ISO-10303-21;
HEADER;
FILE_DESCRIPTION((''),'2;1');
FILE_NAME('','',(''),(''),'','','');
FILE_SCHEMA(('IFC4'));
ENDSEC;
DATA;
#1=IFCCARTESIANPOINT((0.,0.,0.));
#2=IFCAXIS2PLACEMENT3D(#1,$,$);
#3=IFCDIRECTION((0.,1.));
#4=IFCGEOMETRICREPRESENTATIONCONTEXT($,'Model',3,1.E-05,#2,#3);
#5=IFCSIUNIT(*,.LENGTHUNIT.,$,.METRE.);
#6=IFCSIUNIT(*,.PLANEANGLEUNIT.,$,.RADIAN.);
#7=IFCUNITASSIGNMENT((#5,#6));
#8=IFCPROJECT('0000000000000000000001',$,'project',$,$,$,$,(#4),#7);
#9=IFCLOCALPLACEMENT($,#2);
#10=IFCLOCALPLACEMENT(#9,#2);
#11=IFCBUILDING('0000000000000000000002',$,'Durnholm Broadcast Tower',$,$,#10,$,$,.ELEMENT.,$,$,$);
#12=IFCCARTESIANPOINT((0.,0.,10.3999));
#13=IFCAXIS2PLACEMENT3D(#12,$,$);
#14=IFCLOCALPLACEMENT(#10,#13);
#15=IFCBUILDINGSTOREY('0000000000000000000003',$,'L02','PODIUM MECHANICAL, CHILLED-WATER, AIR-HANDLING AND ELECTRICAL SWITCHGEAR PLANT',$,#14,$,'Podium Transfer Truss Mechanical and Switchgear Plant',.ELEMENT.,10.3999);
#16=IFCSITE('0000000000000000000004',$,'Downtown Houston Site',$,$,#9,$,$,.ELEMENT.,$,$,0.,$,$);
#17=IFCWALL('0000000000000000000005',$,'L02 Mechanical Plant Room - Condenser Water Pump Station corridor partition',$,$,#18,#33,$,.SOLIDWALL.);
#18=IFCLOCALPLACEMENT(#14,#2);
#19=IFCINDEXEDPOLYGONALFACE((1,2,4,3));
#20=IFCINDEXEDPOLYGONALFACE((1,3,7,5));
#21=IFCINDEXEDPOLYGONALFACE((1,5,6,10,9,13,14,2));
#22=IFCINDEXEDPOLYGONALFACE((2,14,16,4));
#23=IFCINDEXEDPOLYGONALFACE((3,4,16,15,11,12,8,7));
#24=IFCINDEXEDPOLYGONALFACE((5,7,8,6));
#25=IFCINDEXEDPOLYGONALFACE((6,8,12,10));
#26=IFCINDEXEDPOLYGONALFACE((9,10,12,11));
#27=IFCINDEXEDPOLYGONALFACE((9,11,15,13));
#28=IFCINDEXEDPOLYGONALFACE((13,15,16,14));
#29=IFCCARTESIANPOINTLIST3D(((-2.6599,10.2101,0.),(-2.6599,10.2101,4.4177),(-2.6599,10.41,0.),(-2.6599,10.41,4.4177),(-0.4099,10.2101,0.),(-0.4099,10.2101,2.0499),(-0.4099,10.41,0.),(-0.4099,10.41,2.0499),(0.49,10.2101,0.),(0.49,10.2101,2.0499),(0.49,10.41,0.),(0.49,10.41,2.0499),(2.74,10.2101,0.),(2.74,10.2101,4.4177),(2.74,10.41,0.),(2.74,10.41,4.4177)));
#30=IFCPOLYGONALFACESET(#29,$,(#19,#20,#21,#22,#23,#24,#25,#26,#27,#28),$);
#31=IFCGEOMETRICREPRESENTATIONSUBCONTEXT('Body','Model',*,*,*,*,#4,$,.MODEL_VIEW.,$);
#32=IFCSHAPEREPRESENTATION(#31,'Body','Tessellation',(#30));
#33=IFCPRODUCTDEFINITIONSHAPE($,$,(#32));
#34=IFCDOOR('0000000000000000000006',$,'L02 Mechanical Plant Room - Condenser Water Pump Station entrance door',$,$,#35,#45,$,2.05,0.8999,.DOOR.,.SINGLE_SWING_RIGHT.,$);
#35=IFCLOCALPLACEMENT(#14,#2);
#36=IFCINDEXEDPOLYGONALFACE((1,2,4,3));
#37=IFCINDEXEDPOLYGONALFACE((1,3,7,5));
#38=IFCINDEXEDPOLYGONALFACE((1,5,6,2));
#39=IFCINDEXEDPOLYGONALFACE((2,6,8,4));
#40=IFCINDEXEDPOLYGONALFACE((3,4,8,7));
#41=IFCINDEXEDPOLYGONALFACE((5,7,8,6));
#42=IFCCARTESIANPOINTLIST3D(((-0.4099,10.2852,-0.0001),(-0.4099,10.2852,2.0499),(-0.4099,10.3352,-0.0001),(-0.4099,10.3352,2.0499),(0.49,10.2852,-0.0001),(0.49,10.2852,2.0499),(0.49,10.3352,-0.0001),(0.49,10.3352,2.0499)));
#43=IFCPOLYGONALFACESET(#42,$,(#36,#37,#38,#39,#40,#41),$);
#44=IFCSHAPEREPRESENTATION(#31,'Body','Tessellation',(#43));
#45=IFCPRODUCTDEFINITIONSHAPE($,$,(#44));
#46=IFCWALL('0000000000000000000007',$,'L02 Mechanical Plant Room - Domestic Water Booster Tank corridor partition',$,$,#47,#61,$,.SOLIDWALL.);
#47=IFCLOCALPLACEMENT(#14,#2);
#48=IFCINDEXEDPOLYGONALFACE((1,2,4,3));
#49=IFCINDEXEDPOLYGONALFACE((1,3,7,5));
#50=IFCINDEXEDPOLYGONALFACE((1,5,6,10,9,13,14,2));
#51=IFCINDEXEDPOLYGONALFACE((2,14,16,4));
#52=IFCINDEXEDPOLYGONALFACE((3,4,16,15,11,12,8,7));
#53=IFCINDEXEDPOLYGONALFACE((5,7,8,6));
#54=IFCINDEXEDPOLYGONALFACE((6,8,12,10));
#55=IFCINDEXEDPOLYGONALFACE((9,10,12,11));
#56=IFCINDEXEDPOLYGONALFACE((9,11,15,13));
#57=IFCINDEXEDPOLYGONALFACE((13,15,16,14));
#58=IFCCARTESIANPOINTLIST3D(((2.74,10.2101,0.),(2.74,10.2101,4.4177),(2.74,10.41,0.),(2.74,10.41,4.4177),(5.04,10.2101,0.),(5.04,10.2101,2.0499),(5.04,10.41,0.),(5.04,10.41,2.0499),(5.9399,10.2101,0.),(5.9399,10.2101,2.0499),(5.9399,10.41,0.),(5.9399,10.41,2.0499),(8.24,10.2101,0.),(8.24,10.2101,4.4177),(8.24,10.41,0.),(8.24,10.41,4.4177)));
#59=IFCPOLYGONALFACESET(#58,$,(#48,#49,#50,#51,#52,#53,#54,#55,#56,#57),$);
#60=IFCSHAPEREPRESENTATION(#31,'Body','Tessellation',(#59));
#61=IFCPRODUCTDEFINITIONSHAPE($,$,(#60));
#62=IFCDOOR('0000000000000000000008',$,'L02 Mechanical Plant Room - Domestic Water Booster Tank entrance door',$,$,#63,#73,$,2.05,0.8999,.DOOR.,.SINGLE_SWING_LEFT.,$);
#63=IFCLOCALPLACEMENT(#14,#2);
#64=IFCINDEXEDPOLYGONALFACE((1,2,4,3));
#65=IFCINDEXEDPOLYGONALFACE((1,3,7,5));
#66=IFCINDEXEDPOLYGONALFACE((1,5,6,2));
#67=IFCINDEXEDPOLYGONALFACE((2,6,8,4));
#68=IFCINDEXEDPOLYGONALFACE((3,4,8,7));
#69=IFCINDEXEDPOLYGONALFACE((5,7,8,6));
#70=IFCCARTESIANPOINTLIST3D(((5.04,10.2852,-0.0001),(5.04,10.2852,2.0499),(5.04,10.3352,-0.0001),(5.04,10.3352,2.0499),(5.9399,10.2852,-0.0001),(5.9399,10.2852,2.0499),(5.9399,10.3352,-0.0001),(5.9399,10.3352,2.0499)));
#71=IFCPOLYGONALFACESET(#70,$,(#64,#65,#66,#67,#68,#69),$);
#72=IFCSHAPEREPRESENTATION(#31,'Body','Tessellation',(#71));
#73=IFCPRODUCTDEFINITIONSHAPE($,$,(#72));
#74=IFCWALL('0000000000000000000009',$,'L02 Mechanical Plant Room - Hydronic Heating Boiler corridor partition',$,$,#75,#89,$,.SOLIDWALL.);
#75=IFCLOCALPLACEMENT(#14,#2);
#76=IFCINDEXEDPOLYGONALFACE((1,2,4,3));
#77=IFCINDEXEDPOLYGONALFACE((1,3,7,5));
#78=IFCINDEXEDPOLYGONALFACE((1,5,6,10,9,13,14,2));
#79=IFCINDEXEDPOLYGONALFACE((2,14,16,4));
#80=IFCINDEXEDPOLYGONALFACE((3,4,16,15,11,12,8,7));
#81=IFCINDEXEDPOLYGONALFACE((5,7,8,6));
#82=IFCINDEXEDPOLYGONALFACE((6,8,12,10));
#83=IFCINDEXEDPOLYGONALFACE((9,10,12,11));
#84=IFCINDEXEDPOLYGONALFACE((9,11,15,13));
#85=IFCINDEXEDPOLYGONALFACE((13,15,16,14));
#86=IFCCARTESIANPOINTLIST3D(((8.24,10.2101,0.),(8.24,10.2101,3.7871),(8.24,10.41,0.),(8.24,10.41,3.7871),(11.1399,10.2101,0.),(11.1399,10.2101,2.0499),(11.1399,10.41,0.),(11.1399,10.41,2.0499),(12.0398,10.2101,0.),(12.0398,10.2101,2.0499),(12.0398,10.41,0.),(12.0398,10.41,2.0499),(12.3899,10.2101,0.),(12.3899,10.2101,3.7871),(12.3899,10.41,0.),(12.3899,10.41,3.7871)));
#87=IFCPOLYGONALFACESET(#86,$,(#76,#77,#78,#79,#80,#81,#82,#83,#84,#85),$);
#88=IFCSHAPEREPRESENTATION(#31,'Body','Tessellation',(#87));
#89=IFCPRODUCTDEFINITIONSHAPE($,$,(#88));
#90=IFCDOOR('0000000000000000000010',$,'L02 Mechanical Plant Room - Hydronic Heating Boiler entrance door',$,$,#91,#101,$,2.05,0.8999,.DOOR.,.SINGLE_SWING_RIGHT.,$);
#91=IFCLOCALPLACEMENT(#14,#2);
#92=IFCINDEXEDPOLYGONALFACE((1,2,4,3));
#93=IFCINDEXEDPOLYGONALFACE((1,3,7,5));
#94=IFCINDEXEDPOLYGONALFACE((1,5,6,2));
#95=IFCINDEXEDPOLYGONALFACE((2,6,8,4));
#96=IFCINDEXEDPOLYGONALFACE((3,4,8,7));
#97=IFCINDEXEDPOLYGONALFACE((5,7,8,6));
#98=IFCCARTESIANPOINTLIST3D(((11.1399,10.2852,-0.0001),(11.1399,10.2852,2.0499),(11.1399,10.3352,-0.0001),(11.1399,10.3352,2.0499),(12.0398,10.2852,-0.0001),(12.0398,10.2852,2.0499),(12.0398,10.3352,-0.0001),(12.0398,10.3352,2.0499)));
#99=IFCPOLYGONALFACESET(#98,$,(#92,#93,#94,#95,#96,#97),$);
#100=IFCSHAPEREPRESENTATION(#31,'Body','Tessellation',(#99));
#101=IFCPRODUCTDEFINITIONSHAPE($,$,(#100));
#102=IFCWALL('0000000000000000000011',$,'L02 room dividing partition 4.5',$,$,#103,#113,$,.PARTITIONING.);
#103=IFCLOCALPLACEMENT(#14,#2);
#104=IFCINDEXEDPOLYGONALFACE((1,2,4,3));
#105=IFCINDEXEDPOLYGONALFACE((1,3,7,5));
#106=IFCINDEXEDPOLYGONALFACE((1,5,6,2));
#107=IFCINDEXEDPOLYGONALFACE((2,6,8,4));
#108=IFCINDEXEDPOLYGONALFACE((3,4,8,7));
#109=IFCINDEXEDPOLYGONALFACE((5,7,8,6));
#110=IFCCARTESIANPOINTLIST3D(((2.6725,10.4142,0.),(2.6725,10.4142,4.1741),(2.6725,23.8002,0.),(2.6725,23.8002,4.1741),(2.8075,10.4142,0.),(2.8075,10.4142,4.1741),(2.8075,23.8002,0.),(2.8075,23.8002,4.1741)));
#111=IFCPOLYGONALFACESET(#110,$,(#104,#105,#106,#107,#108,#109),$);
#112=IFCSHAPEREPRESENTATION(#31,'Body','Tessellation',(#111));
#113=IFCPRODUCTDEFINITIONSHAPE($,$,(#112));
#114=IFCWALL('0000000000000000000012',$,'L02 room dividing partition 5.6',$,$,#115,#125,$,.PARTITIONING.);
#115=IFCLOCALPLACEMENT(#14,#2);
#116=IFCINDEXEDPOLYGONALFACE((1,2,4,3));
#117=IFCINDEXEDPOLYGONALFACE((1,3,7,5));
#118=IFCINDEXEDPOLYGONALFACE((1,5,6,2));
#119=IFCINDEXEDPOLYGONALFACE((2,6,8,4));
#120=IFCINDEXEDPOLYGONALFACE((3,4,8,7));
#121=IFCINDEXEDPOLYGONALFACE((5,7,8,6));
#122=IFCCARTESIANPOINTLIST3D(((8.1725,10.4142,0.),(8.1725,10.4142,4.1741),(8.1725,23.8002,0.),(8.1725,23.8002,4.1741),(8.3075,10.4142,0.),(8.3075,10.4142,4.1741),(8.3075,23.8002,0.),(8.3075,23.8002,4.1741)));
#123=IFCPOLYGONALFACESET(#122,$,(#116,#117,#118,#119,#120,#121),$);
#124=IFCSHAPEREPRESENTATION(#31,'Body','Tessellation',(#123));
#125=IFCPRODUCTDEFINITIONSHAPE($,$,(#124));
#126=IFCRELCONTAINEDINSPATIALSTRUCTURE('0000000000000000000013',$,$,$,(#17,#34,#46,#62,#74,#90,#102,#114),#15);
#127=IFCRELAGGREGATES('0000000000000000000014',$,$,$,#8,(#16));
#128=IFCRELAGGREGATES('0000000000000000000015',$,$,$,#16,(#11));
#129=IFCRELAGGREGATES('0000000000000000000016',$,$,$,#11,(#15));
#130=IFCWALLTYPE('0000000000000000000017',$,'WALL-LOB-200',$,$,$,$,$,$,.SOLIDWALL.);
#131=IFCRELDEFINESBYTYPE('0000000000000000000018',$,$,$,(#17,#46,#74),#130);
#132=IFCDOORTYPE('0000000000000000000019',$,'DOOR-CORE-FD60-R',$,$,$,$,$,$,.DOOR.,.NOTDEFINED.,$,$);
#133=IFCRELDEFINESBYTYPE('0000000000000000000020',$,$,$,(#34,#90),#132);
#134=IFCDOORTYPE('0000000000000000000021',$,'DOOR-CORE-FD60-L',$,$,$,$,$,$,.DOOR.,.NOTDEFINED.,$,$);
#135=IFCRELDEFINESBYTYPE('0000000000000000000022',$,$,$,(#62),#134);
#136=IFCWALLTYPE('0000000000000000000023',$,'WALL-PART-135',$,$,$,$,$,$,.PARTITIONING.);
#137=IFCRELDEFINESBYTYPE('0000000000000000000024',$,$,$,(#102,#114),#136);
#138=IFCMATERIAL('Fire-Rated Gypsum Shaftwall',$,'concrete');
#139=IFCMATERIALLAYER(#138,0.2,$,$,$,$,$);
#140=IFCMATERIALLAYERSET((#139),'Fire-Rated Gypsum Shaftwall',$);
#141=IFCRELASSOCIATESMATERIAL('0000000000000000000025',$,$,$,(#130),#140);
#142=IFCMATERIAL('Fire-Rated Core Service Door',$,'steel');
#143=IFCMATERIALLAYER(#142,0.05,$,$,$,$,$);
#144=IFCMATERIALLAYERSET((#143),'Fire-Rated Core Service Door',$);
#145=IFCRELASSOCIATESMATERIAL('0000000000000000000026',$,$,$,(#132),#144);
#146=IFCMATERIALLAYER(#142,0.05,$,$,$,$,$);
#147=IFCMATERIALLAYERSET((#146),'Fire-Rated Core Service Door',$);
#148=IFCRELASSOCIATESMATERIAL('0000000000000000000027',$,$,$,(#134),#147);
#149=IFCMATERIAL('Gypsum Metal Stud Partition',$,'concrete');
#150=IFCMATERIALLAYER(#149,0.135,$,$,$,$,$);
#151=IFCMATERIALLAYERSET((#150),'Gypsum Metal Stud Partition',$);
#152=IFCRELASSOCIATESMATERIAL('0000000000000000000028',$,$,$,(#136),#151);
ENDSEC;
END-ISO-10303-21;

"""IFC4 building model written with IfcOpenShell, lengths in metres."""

from ifc_helpers import new_model, si_unit, direction, frame, frame_2d, origin, place, context, subcontext, project, spatial, rectangle, extrude, source, transform, mapped, material, layer, layer_set, type_object, type_shapes, element, fill, save


model = new_model("IFC4")

# Units and contexts
model_context = context("Model", 3, precision=1e-05, world=origin(), true_north=direction((0.0, 1.0)))
body_context = subcontext(model_context, "Body", "Model", "MODEL_VIEW")
ifc_project = project(units=[si_unit("LENGTHUNIT", "METRE"), si_unit("PLANEANGLEUNIT", "RADIAN")], contexts=[model_context])

# Site, building, storey
site_placement = place(None, origin())
site = spatial("IfcSite", under=ifc_project, at=site_placement, Name="Downtown Houston Site", CompositionType="ELEMENT", RefElevation=0.0)
building_placement = place(site_placement, origin())
building = spatial("IfcBuilding", under=site, at=building_placement, Name="Durnholm Broadcast Tower", CompositionType="ELEMENT")
storey_placement = place(building_placement, frame((0.0, 0.0, 10.3999)))
storey = spatial("IfcBuildingStorey", under=building, at=storey_placement, Name="L02", Description="PODIUM MECHANICAL, CHILLED-WATER, AIR-HANDLING AND ELECTRICAL SWITCHGEAR PLANT", LongName="Podium Transfer Truss Mechanical and Switchgear Plant", CompositionType="ELEMENT", Elevation=10.3999)

# Walls, openings, doors
ifc_material_1 = material(Name="Fire-Rated Gypsum Shaftwall", Category="concrete")
ifc_layer_1 = layer(ifc_material_1, 0.2)
ifc_layer_set_1 = layer_set([ifc_layer_1], Name="Fire-Rated Gypsum Shaftwall")
wall_type_1 = type_object("IfcWallType", Name="WALL-LOB-200", PredefinedType="SOLIDWALL", material=ifc_layer_set_1)
wall_1_placement = place(storey_placement, frame((2.74, 10.3101, 0.0), z_axis=(0.0, 0.0, 1.0), x_axis=(-1.0, 0.0, 0.0)))
wall_1 = element("IfcWall", 1, at=wall_1_placement, inside=storey, type_object=wall_type_1, Name="L02 Mechanical Plant Room - Condenser Water Pump Station corridor partition", PredefinedType="SOLIDWALL", context=body_context, shape_type="SweptSolid", body=[
    extrude(rectangle(XDim=5.3999, YDim=0.2, at=frame_2d((2.7, 0.0))), origin(), (0.0, 0.0, 1.0), 4.4177),
])
opening_1_placement = place(wall_1_placement, frame((2.25, 0.0, 0.0)))
opening_1 = element("IfcOpeningElement", 2, at=opening_1_placement, cuts=wall_1, PredefinedType="OPENING", context=body_context, shape_type="SweptSolid", body=[
    extrude(rectangle(XDim=0.8999, YDim=2.05, at=frame_2d((0.45, 1.0249))), frame((0.0, 0.1099, 0.0), z_axis=(0.0, -1.0, 0.0), x_axis=(1.0, 0.0, 0.0)), (0.0, 0.0, 1.0), 0.22),
])
ifc_material_2 = material(Name="Fire-Rated Core Service Door", Category="steel")
ifc_layer_2 = layer(ifc_material_2, 0.05)
ifc_layer_set_2 = layer_set([ifc_layer_2], Name="Fire-Rated Core Service Door")
door_type_1 = type_object("IfcDoorType", Name="DOOR-CORE-FD60-R", OperationType="NOTDEFINED", PredefinedType="DOOR", material=ifc_layer_set_2)
shared_shape_1 = source(origin(), body_context, "Body", "SweptSolid", [
    extrude(rectangle(XDim=0.8999, YDim=2.05, at=frame_2d((0.45, 1.0249))), frame((0.0, 0.0249, 0.0), z_axis=(0.0, -1.0, 0.0), x_axis=(1.0, 0.0, 0.0)), (0.0, 0.0, 1.0), 0.05),
])
type_shapes(door_type_1, [shared_shape_1])
door_1_placement = place(opening_1_placement, origin())
door_1 = element("IfcDoor", 3, at=door_1_placement, inside=storey, type_object=door_type_1, Name="L02 Mechanical Plant Room - Condenser Water Pump Station entrance door", OperationType="SINGLE_SWING_RIGHT", OverallHeight=2.05, OverallWidth=0.8999, PredefinedType="DOOR", context=body_context, shape_type="MappedRepresentation", body=[
    mapped(shared_shape_1, transform((0.0, 0.0, 0.0), x_axis=(1.0, 0.0, 0.0), y_axis=(0.0, 1.0, 0.0), z_axis=(0.0, 0.0, 1.0), scale=1.0)),
])
fill(opening_1, door_1)
wall_2_placement = place(storey_placement, frame((8.24, 10.3101, 0.0), z_axis=(0.0, 0.0, 1.0), x_axis=(-1.0, 0.0, 0.0)))
wall_2 = element("IfcWall", 4, at=wall_2_placement, inside=storey, type_object=wall_type_1, Name="L02 Mechanical Plant Room - Domestic Water Booster Tank corridor partition", PredefinedType="SOLIDWALL", context=body_context, shape_type="SweptSolid", body=[
    extrude(rectangle(XDim=5.5, YDim=0.2, at=frame_2d((2.75, 0.0))), origin(), (0.0, 0.0, 1.0), 4.4177),
])
opening_2_placement = place(wall_2_placement, frame((2.3, 0.0, 0.0)))
opening_2 = element("IfcOpeningElement", 5, at=opening_2_placement, cuts=wall_2, PredefinedType="OPENING", context=body_context, shape_type="SweptSolid", body=[
    extrude(rectangle(XDim=0.8999, YDim=2.05, at=frame_2d((0.45, 1.0249))), frame((0.0, 0.1099, 0.0), z_axis=(0.0, -1.0, 0.0), x_axis=(1.0, 0.0, 0.0)), (0.0, 0.0, 1.0), 0.22),
])
ifc_layer_3 = layer(ifc_material_2, 0.05)
ifc_layer_set_3 = layer_set([ifc_layer_3], Name="Fire-Rated Core Service Door")
door_type_2 = type_object("IfcDoorType", Name="DOOR-CORE-FD60-L", OperationType="NOTDEFINED", PredefinedType="DOOR", material=ifc_layer_set_3)
shared_shape_2 = source(origin(), body_context, "Body", "SweptSolid", [
    extrude(rectangle(XDim=0.8999, YDim=2.05, at=frame_2d((0.45, 1.0249))), frame((0.0, 0.0249, 0.0), z_axis=(0.0, -1.0, 0.0), x_axis=(1.0, 0.0, 0.0)), (0.0, 0.0, 1.0), 0.05),
])
type_shapes(door_type_2, [shared_shape_2])
door_2_placement = place(opening_2_placement, origin())
door_2 = element("IfcDoor", 6, at=door_2_placement, inside=storey, type_object=door_type_2, Name="L02 Mechanical Plant Room - Domestic Water Booster Tank entrance door", OperationType="SINGLE_SWING_LEFT", OverallHeight=2.05, OverallWidth=0.8999, PredefinedType="DOOR", context=body_context, shape_type="MappedRepresentation", body=[
    mapped(shared_shape_2, transform((0.0, 0.0, 0.0), x_axis=(1.0, 0.0, 0.0), y_axis=(0.0, 1.0, 0.0), z_axis=(0.0, 0.0, 1.0), scale=1.0)),
])
fill(opening_2, door_2)
wall_3_placement = place(storey_placement, frame((12.3899, 10.3101, 0.0), z_axis=(0.0, 0.0, 1.0), x_axis=(-1.0, 0.0, 0.0)))
wall_3 = element("IfcWall", 7, at=wall_3_placement, inside=storey, type_object=wall_type_1, Name="L02 Mechanical Plant Room - Hydronic Heating Boiler corridor partition", PredefinedType="SOLIDWALL", context=body_context, shape_type="SweptSolid", body=[
    extrude(rectangle(XDim=4.1499, YDim=0.2, at=frame_2d((2.075, 0.0))), origin(), (0.0, 0.0, 1.0), 3.7871),
])
opening_3_placement = place(wall_3_placement, frame((0.3501, 0.0, 0.0)))
opening_3 = element("IfcOpeningElement", 8, at=opening_3_placement, cuts=wall_3, PredefinedType="OPENING", context=body_context, shape_type="SweptSolid", body=[
    extrude(rectangle(XDim=0.8999, YDim=2.05, at=frame_2d((0.45, 1.0249))), frame((0.0, 0.1099, 0.0), z_axis=(0.0, -1.0, 0.0), x_axis=(1.0, 0.0, 0.0)), (0.0, 0.0, 1.0), 0.22),
])
door_3_placement = place(opening_3_placement, origin())
door_3 = element("IfcDoor", 9, at=door_3_placement, inside=storey, type_object=door_type_1, Name="L02 Mechanical Plant Room - Hydronic Heating Boiler entrance door", OperationType="SINGLE_SWING_RIGHT", OverallHeight=2.05, OverallWidth=0.8999, PredefinedType="DOOR", context=body_context, shape_type="MappedRepresentation", body=[
    mapped(shared_shape_1, transform((0.0, 0.0, 0.0), x_axis=(1.0, 0.0, 0.0), y_axis=(0.0, 1.0, 0.0), z_axis=(0.0, 0.0, 1.0), scale=1.0)),
])
fill(opening_3, door_3)

# Walls
ifc_material_3 = material(Name="Gypsum Metal Stud Partition", Category="concrete")
ifc_layer_4 = layer(ifc_material_3, 0.135)
ifc_layer_set_4 = layer_set([ifc_layer_4], Name="Gypsum Metal Stud Partition")
wall_type_2 = type_object("IfcWallType", Name="WALL-PART-135", PredefinedType="PARTITIONING", material=ifc_layer_set_4)
for number, where, z_axis, x_axis, name in (
    (10, (2.74, 23.8, 0.0), (0.0, 0.0, 1.0), (0.0, -1.0, 0.0), "L02 room dividing partition 4.5"),
    (11, (8.24, 23.8, 0.0), (0.0, 0.0, 1.0), (0.0, -1.0, 0.0), "L02 room dividing partition 5.6"),
):
    element("IfcWall", number, at=place(storey_placement, frame(where, z_axis=z_axis, x_axis=x_axis)), inside=storey, type_object=wall_type_2, Name=name, PredefinedType="PARTITIONING", context=body_context, shape_type="SweptSolid", body=[
        extrude(rectangle(XDim=13.386, YDim=0.135, at=frame_2d((6.6929, 0.0))), origin(), (0.0, 0.0, 1.0), 4.1741),
    ])

save(model, "model.ifc")
